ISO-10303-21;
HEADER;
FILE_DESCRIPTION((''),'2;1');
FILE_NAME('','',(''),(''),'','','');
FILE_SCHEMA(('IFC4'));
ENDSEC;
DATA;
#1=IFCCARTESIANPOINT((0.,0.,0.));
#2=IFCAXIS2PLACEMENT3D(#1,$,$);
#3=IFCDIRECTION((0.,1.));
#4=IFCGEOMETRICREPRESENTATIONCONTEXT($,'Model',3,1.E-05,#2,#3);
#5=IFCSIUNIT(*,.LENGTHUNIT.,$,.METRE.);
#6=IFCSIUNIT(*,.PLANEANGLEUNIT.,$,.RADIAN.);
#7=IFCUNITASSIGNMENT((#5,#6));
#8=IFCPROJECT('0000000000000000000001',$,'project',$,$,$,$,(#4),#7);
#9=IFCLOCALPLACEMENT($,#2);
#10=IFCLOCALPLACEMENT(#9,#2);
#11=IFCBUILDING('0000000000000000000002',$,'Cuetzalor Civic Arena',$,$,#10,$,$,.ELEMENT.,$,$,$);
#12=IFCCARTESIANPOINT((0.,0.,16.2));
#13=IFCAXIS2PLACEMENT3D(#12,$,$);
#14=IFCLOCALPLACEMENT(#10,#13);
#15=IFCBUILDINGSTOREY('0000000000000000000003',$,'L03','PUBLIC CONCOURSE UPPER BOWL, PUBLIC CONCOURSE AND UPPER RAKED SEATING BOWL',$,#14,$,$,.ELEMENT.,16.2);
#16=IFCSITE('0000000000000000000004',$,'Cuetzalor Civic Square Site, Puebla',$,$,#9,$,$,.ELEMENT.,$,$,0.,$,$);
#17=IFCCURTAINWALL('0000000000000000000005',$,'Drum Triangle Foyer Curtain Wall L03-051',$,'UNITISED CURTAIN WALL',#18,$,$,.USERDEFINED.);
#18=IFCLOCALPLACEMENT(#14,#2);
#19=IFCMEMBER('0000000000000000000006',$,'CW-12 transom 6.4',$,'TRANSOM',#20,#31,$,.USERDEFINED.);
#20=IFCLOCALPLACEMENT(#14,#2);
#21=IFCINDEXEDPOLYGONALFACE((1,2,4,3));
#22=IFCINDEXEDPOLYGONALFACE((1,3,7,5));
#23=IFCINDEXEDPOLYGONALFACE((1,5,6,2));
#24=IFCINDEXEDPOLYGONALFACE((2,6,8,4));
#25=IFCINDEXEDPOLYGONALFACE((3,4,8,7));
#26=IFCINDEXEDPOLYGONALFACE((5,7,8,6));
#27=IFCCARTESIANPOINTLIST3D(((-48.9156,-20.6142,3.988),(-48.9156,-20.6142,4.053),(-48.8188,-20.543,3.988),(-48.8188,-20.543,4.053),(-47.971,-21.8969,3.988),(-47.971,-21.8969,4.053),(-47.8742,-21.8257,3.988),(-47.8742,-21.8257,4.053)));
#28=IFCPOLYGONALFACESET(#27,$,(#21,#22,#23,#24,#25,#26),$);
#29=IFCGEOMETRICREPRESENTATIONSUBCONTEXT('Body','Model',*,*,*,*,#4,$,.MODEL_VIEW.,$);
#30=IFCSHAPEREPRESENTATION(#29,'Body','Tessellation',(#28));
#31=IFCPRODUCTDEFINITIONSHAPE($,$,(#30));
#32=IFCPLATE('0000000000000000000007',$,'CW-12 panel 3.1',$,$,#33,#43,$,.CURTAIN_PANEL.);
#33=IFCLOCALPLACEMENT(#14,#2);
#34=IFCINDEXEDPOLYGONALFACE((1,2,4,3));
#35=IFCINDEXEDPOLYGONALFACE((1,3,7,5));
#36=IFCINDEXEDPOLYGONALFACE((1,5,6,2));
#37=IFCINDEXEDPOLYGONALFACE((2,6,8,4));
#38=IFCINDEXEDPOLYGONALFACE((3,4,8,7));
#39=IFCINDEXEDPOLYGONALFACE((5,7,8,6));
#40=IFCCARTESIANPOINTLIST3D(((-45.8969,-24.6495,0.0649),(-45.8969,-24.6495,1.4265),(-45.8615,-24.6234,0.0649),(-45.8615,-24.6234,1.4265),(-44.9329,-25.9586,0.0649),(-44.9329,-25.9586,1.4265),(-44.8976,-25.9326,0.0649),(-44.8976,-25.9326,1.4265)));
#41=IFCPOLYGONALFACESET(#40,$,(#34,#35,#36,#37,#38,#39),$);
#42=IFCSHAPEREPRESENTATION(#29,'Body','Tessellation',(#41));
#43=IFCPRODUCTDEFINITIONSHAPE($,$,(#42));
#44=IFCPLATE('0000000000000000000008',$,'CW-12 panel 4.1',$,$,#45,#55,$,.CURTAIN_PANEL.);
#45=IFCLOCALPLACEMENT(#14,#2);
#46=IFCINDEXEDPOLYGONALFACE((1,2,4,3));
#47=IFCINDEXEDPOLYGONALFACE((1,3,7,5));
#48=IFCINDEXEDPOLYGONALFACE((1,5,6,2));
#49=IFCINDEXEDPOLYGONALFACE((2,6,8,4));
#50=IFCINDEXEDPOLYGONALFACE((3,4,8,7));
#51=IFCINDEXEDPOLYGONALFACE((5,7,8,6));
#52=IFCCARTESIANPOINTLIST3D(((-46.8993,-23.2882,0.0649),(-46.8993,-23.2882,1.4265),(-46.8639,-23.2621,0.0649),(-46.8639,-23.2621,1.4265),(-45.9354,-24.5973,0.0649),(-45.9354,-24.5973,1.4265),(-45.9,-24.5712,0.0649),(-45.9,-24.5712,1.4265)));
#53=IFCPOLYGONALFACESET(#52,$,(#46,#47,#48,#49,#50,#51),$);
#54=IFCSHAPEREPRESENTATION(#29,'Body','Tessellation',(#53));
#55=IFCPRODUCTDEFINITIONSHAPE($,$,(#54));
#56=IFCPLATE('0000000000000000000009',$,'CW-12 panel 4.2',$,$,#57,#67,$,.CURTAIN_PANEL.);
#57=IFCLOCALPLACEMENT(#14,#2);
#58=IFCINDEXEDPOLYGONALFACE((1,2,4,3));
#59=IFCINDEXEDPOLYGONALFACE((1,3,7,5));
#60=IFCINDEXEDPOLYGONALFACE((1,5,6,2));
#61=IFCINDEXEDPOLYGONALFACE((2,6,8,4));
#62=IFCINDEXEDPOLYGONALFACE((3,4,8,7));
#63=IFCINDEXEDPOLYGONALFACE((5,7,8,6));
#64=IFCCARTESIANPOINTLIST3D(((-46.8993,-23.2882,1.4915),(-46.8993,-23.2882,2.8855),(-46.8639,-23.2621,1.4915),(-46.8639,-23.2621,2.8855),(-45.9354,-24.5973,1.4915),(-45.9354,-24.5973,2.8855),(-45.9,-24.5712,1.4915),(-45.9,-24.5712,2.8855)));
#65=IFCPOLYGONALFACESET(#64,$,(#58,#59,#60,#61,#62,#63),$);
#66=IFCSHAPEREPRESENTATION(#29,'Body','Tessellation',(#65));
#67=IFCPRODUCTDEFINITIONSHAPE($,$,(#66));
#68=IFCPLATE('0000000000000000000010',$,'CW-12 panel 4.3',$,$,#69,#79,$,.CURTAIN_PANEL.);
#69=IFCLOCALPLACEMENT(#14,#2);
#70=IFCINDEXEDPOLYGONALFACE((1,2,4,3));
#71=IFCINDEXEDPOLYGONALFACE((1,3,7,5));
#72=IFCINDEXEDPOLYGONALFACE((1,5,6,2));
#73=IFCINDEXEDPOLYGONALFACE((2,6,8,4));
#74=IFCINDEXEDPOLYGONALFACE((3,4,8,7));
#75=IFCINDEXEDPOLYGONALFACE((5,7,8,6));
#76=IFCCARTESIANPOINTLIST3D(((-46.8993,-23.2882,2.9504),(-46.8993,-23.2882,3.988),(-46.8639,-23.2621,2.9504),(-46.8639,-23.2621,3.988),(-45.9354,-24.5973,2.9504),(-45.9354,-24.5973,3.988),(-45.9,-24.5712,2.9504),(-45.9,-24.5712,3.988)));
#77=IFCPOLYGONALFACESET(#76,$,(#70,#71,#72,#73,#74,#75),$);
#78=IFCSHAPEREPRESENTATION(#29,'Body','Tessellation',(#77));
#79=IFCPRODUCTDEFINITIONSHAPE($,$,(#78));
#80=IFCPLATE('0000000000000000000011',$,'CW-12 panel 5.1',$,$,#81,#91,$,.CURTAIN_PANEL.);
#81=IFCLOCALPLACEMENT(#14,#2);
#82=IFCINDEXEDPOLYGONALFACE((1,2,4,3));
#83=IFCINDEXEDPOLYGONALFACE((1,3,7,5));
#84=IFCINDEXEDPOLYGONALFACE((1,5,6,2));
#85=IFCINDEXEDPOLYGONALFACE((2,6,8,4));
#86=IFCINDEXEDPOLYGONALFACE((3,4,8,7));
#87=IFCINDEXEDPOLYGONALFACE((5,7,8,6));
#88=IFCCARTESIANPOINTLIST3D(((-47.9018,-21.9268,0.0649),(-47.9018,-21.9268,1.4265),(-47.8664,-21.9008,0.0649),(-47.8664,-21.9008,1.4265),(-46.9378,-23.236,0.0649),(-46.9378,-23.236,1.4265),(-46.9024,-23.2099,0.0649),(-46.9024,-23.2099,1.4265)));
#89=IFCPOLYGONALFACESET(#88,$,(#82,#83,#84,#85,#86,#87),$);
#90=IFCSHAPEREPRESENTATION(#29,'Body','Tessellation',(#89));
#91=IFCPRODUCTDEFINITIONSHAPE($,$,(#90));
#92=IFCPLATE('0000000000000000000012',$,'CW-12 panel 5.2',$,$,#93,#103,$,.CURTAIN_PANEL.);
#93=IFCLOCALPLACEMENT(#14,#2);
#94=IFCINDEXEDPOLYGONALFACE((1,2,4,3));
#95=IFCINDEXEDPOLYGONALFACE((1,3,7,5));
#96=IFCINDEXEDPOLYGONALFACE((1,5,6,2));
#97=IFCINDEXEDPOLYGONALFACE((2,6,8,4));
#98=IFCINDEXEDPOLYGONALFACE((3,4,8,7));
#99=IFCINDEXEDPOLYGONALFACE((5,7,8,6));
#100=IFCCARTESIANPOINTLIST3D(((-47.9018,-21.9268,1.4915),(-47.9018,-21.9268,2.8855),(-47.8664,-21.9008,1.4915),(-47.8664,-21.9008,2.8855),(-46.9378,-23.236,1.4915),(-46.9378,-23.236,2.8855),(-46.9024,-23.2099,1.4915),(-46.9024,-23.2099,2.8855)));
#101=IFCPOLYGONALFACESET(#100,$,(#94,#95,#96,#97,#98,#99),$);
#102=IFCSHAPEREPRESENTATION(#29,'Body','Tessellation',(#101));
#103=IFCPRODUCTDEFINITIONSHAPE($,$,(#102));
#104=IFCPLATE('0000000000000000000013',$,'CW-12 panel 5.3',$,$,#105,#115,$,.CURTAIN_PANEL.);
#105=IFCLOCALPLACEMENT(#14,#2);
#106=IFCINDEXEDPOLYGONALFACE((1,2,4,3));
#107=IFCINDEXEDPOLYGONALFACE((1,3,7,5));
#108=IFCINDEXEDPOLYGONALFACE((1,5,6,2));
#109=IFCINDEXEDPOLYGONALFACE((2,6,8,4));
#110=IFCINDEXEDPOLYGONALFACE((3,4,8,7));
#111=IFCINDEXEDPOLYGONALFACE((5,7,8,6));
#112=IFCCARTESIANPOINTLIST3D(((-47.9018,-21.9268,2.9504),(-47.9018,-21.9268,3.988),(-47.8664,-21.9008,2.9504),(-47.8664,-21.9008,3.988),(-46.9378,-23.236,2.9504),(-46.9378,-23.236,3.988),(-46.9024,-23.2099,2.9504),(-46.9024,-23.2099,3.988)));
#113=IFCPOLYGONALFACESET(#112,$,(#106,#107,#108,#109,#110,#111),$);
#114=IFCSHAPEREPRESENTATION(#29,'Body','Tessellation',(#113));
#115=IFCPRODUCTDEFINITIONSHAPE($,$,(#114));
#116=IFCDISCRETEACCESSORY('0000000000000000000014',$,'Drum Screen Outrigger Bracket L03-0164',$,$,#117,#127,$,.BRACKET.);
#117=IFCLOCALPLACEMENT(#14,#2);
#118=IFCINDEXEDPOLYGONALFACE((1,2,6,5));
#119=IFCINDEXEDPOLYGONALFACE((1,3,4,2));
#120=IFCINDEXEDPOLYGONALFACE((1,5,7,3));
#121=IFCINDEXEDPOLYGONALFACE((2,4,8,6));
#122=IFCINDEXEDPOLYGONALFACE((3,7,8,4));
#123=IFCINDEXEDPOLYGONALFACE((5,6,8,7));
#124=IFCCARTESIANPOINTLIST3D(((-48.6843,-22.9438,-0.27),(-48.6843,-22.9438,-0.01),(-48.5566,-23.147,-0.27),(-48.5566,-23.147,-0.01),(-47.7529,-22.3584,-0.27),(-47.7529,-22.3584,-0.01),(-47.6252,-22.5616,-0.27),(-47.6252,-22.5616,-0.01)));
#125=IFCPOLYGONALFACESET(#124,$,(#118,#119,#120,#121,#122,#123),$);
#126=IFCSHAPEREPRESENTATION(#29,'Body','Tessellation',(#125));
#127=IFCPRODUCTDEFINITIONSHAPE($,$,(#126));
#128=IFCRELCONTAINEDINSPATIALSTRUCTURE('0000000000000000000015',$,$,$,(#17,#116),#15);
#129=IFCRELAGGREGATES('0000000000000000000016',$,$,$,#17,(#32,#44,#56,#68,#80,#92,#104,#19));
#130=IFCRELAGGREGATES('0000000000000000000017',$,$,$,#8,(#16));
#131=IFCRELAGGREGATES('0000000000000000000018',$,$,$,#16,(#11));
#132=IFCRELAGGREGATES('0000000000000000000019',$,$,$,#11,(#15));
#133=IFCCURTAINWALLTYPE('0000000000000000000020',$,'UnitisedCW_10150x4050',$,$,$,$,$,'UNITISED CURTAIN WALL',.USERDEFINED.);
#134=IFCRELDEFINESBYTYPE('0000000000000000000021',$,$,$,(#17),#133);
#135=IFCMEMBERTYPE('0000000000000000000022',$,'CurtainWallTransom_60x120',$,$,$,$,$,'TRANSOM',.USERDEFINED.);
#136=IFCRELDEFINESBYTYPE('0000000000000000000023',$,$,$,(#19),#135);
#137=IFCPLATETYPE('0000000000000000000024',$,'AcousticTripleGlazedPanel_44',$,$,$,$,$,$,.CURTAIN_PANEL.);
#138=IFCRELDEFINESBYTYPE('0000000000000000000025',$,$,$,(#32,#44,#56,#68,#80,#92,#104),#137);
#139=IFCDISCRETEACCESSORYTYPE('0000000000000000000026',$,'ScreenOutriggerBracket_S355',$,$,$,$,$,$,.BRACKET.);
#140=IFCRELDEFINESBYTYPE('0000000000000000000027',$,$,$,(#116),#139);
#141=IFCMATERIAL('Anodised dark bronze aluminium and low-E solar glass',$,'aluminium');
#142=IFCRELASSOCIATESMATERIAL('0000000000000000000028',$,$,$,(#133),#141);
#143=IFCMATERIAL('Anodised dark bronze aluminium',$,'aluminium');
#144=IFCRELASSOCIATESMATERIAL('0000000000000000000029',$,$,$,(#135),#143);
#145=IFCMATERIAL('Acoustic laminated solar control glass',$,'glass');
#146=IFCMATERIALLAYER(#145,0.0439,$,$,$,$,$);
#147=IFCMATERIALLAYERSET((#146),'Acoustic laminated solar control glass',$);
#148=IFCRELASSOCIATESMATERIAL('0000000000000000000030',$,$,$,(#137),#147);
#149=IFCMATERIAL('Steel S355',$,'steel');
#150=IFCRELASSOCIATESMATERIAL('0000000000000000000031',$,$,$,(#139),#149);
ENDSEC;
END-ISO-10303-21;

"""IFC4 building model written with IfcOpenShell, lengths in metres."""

from ifc_helpers import new_model, si_unit, direction, frame, origin, origin_2d, place, context, subcontext, project, spatial, rectangle, extrude, material, layer, layer_set, material_profile, profile_set, type_object, element, aggregate, save


model = new_model("IFC4")

# Units and contexts
model_context = context("Model", 3, precision=1e-05, world=origin(), true_north=direction((0.0, 1.0)))
body_context = subcontext(model_context, "Body", "Model", "MODEL_VIEW")
ifc_project = project(units=[si_unit("LENGTHUNIT", "METRE"), si_unit("PLANEANGLEUNIT", "RADIAN")], contexts=[model_context])

# Site, building, storey
site_placement = place(None, origin())
site = spatial("IfcSite", under=ifc_project, at=site_placement, Name="Cuetzalor Civic Square Site, Puebla", CompositionType="ELEMENT", RefElevation=0.0)
building_placement = place(site_placement, origin())
building = spatial("IfcBuilding", under=site, at=building_placement, Name="Cuetzalor Civic Arena", CompositionType="ELEMENT")
storey_placement = place(building_placement, frame((0.0, 0.0, 16.2)))
storey = spatial("IfcBuildingStorey", under=building, at=storey_placement, Name="L03", Description="PUBLIC CONCOURSE UPPER BOWL, PUBLIC CONCOURSE AND UPPER RAKED SEATING BOWL", CompositionType="ELEMENT", Elevation=16.2)

# Curtain wall, member, plates
ifc_material_1 = material(Name="Anodised dark bronze aluminium and low-E solar glass", Category="aluminium")
curtain_wall_type = type_object("IfcCurtainWallType", Name="UnitisedCW_10150x4050", ElementType="UNITISED CURTAIN WALL", PredefinedType="USERDEFINED", material=ifc_material_1)
curtain_wall_placement = place(storey_placement, origin())
curtain_wall = element("IfcCurtainWall", 1, at=curtain_wall_placement, inside=storey, type_object=curtain_wall_type, Name="Drum Triangle Foyer Curtain Wall L03-051", ObjectType="UNITISED CURTAIN WALL", PredefinedType="USERDEFINED")
ifc_material_2 = material(Name="Anodised dark bronze aluminium", Category="aluminium")
ifc_material_profile_1 = material_profile(ifc_material_2, rectangle(XDim=0.1201, YDim=0.0649, at=origin_2d()), Name="ALU TRANSOM 65x120")
ifc_profile_set_1 = profile_set([ifc_material_profile_1], Name="Anodised dark bronze aluminium")
member_type_1 = type_object("IfcMemberType", Name="CurtainWallTransom_60x120", ElementType="TRANSOM", PredefinedType="USERDEFINED", material=ifc_profile_set_1)
member_1_placement = place(storey_placement, frame((-47.9226, -21.8613, 4.0205), z_axis=(-0.592964, 0.805229, 0.0), x_axis=(-0.805229, -0.592964, 0.0)))
member_1 = element("IfcMember", 2, at=member_1_placement, type_object=member_type_1, Name="CW-12 transom 6.4", ObjectType="TRANSOM", PredefinedType="USERDEFINED", context=body_context, shape_type="SweptSolid", body=[
    extrude(rectangle(XDim=0.1201, YDim=0.0649, at=origin_2d()), origin(), (0.0, 0.0, 1.0), 1.593),
])
ifc_material_3 = material(Name="Acoustic laminated solar control glass", Category="glass")
ifc_layer = layer(ifc_material_3, 0.0439)
ifc_layer_set = layer_set([ifc_layer], Name="Acoustic laminated solar control glass")
plate_type = type_object("IfcPlateType", Name="AcousticTripleGlazedPanel_44", PredefinedType="CURTAIN_PANEL", material=ifc_layer_set)
plate_1_placement = place(storey_placement, frame((-45.3972, -25.291, 0.0649), z_axis=(0.0, 0.0, 1.0), x_axis=(-0.592929, 0.805255, 0.0)))
plate_1 = element("IfcPlate", 3, at=plate_1_placement, type_object=plate_type, Name="CW-12 panel 3.1", PredefinedType="CURTAIN_PANEL", context=body_context, shape_type="SweptSolid", body=[
    extrude(rectangle(XDim=1.6257, YDim=0.0439, at=origin_2d()), origin(), (0.0, 0.0, 1.0), 1.3616),
])
plate_2_placement = place(storey_placement, frame((-46.3997, -23.9297, 0.0649), z_axis=(0.0, 0.0, 1.0), x_axis=(-0.592929, 0.805255, 0.0)))
plate_2 = element("IfcPlate", 4, at=plate_2_placement, type_object=plate_type, Name="CW-12 panel 4.1", PredefinedType="CURTAIN_PANEL", context=body_context, shape_type="SweptSolid", body=[
    extrude(rectangle(XDim=1.6257, YDim=0.0439, at=origin_2d()), origin(), (0.0, 0.0, 1.0), 1.3616),
])
plate_3_placement = place(storey_placement, frame((-46.3997, -23.9297, 1.4915), z_axis=(0.0, 0.0, 1.0), x_axis=(-0.592929, 0.805255, 0.0)))
plate_3 = element("IfcPlate", 5, at=plate_3_placement, type_object=plate_type, Name="CW-12 panel 4.2", PredefinedType="CURTAIN_PANEL", context=body_context, shape_type="SweptSolid", body=[
    extrude(rectangle(XDim=1.6257, YDim=0.0439, at=origin_2d()), origin(), (0.0, 0.0, 1.0), 1.394),
])
plate_4_placement = place(storey_placement, frame((-46.3997, -23.9297, 2.9504), z_axis=(0.0, 0.0, 1.0), x_axis=(-0.592929, 0.805255, 0.0)))
plate_4 = element("IfcPlate", 6, at=plate_4_placement, type_object=plate_type, Name="CW-12 panel 4.3", PredefinedType="CURTAIN_PANEL", context=body_context, shape_type="SweptSolid", body=[
    extrude(rectangle(XDim=1.6257, YDim=0.0439, at=origin_2d()), origin(), (0.0, 0.0, 1.0), 1.0376),
])
plate_5_placement = place(storey_placement, frame((-47.4021, -22.5684, 0.0649), z_axis=(0.0, 0.0, 1.0), x_axis=(-0.592929, 0.805255, 0.0)))
plate_5 = element("IfcPlate", 7, at=plate_5_placement, type_object=plate_type, Name="CW-12 panel 5.1", PredefinedType="CURTAIN_PANEL", context=body_context, shape_type="SweptSolid", body=[
    extrude(rectangle(XDim=1.6257, YDim=0.0439, at=origin_2d()), origin(), (0.0, 0.0, 1.0), 1.3616),
])
plate_6_placement = place(storey_placement, frame((-47.4021, -22.5684, 1.4915), z_axis=(0.0, 0.0, 1.0), x_axis=(-0.592929, 0.805255, 0.0)))
plate_6 = element("IfcPlate", 8, at=plate_6_placement, type_object=plate_type, Name="CW-12 panel 5.2", PredefinedType="CURTAIN_PANEL", context=body_context, shape_type="SweptSolid", body=[
    extrude(rectangle(XDim=1.6257, YDim=0.0439, at=origin_2d()), origin(), (0.0, 0.0, 1.0), 1.394),
])
plate_7_placement = place(storey_placement, frame((-47.4021, -22.5684, 2.9504), z_axis=(0.0, 0.0, 1.0), x_axis=(-0.592929, 0.805255, 0.0)))
plate_7 = element("IfcPlate", 9, at=plate_7_placement, type_object=plate_type, Name="CW-12 panel 5.3", PredefinedType="CURTAIN_PANEL", context=body_context, shape_type="SweptSolid", body=[
    extrude(rectangle(XDim=1.6257, YDim=0.0439, at=origin_2d()), origin(), (0.0, 0.0, 1.0), 1.0376),
])
aggregate(curtain_wall, [plate_1, plate_2, plate_3, plate_4, plate_5, plate_6, plate_7, member_1])

# Discrete accessory
ifc_material_4 = material(Name="Steel S355", Category="steel")
discrete_accessory_type = type_object("IfcDiscreteAccessoryType", Name="ScreenOutriggerBracket_S355", PredefinedType="BRACKET", material=ifc_material_4)
discrete_accessory_placement = place(storey_placement, frame((-48.1548, -22.7527, -0.27), z_axis=(0.0, 0.0, 1.0), x_axis=(-0.846658, -0.532138, 0.0)))
element("IfcDiscreteAccessory", 10, at=discrete_accessory_placement, inside=storey, type_object=discrete_accessory_type, Name="Drum Screen Outrigger Bracket L03-0164", PredefinedType="BRACKET", context=body_context, shape_type="SweptSolid", body=[
    extrude(rectangle(XDim=1.1001, YDim=0.24, at=origin_2d()), origin(), (0.0, 0.0, 1.0), 0.26),
])

save(model, "model.ifc")
